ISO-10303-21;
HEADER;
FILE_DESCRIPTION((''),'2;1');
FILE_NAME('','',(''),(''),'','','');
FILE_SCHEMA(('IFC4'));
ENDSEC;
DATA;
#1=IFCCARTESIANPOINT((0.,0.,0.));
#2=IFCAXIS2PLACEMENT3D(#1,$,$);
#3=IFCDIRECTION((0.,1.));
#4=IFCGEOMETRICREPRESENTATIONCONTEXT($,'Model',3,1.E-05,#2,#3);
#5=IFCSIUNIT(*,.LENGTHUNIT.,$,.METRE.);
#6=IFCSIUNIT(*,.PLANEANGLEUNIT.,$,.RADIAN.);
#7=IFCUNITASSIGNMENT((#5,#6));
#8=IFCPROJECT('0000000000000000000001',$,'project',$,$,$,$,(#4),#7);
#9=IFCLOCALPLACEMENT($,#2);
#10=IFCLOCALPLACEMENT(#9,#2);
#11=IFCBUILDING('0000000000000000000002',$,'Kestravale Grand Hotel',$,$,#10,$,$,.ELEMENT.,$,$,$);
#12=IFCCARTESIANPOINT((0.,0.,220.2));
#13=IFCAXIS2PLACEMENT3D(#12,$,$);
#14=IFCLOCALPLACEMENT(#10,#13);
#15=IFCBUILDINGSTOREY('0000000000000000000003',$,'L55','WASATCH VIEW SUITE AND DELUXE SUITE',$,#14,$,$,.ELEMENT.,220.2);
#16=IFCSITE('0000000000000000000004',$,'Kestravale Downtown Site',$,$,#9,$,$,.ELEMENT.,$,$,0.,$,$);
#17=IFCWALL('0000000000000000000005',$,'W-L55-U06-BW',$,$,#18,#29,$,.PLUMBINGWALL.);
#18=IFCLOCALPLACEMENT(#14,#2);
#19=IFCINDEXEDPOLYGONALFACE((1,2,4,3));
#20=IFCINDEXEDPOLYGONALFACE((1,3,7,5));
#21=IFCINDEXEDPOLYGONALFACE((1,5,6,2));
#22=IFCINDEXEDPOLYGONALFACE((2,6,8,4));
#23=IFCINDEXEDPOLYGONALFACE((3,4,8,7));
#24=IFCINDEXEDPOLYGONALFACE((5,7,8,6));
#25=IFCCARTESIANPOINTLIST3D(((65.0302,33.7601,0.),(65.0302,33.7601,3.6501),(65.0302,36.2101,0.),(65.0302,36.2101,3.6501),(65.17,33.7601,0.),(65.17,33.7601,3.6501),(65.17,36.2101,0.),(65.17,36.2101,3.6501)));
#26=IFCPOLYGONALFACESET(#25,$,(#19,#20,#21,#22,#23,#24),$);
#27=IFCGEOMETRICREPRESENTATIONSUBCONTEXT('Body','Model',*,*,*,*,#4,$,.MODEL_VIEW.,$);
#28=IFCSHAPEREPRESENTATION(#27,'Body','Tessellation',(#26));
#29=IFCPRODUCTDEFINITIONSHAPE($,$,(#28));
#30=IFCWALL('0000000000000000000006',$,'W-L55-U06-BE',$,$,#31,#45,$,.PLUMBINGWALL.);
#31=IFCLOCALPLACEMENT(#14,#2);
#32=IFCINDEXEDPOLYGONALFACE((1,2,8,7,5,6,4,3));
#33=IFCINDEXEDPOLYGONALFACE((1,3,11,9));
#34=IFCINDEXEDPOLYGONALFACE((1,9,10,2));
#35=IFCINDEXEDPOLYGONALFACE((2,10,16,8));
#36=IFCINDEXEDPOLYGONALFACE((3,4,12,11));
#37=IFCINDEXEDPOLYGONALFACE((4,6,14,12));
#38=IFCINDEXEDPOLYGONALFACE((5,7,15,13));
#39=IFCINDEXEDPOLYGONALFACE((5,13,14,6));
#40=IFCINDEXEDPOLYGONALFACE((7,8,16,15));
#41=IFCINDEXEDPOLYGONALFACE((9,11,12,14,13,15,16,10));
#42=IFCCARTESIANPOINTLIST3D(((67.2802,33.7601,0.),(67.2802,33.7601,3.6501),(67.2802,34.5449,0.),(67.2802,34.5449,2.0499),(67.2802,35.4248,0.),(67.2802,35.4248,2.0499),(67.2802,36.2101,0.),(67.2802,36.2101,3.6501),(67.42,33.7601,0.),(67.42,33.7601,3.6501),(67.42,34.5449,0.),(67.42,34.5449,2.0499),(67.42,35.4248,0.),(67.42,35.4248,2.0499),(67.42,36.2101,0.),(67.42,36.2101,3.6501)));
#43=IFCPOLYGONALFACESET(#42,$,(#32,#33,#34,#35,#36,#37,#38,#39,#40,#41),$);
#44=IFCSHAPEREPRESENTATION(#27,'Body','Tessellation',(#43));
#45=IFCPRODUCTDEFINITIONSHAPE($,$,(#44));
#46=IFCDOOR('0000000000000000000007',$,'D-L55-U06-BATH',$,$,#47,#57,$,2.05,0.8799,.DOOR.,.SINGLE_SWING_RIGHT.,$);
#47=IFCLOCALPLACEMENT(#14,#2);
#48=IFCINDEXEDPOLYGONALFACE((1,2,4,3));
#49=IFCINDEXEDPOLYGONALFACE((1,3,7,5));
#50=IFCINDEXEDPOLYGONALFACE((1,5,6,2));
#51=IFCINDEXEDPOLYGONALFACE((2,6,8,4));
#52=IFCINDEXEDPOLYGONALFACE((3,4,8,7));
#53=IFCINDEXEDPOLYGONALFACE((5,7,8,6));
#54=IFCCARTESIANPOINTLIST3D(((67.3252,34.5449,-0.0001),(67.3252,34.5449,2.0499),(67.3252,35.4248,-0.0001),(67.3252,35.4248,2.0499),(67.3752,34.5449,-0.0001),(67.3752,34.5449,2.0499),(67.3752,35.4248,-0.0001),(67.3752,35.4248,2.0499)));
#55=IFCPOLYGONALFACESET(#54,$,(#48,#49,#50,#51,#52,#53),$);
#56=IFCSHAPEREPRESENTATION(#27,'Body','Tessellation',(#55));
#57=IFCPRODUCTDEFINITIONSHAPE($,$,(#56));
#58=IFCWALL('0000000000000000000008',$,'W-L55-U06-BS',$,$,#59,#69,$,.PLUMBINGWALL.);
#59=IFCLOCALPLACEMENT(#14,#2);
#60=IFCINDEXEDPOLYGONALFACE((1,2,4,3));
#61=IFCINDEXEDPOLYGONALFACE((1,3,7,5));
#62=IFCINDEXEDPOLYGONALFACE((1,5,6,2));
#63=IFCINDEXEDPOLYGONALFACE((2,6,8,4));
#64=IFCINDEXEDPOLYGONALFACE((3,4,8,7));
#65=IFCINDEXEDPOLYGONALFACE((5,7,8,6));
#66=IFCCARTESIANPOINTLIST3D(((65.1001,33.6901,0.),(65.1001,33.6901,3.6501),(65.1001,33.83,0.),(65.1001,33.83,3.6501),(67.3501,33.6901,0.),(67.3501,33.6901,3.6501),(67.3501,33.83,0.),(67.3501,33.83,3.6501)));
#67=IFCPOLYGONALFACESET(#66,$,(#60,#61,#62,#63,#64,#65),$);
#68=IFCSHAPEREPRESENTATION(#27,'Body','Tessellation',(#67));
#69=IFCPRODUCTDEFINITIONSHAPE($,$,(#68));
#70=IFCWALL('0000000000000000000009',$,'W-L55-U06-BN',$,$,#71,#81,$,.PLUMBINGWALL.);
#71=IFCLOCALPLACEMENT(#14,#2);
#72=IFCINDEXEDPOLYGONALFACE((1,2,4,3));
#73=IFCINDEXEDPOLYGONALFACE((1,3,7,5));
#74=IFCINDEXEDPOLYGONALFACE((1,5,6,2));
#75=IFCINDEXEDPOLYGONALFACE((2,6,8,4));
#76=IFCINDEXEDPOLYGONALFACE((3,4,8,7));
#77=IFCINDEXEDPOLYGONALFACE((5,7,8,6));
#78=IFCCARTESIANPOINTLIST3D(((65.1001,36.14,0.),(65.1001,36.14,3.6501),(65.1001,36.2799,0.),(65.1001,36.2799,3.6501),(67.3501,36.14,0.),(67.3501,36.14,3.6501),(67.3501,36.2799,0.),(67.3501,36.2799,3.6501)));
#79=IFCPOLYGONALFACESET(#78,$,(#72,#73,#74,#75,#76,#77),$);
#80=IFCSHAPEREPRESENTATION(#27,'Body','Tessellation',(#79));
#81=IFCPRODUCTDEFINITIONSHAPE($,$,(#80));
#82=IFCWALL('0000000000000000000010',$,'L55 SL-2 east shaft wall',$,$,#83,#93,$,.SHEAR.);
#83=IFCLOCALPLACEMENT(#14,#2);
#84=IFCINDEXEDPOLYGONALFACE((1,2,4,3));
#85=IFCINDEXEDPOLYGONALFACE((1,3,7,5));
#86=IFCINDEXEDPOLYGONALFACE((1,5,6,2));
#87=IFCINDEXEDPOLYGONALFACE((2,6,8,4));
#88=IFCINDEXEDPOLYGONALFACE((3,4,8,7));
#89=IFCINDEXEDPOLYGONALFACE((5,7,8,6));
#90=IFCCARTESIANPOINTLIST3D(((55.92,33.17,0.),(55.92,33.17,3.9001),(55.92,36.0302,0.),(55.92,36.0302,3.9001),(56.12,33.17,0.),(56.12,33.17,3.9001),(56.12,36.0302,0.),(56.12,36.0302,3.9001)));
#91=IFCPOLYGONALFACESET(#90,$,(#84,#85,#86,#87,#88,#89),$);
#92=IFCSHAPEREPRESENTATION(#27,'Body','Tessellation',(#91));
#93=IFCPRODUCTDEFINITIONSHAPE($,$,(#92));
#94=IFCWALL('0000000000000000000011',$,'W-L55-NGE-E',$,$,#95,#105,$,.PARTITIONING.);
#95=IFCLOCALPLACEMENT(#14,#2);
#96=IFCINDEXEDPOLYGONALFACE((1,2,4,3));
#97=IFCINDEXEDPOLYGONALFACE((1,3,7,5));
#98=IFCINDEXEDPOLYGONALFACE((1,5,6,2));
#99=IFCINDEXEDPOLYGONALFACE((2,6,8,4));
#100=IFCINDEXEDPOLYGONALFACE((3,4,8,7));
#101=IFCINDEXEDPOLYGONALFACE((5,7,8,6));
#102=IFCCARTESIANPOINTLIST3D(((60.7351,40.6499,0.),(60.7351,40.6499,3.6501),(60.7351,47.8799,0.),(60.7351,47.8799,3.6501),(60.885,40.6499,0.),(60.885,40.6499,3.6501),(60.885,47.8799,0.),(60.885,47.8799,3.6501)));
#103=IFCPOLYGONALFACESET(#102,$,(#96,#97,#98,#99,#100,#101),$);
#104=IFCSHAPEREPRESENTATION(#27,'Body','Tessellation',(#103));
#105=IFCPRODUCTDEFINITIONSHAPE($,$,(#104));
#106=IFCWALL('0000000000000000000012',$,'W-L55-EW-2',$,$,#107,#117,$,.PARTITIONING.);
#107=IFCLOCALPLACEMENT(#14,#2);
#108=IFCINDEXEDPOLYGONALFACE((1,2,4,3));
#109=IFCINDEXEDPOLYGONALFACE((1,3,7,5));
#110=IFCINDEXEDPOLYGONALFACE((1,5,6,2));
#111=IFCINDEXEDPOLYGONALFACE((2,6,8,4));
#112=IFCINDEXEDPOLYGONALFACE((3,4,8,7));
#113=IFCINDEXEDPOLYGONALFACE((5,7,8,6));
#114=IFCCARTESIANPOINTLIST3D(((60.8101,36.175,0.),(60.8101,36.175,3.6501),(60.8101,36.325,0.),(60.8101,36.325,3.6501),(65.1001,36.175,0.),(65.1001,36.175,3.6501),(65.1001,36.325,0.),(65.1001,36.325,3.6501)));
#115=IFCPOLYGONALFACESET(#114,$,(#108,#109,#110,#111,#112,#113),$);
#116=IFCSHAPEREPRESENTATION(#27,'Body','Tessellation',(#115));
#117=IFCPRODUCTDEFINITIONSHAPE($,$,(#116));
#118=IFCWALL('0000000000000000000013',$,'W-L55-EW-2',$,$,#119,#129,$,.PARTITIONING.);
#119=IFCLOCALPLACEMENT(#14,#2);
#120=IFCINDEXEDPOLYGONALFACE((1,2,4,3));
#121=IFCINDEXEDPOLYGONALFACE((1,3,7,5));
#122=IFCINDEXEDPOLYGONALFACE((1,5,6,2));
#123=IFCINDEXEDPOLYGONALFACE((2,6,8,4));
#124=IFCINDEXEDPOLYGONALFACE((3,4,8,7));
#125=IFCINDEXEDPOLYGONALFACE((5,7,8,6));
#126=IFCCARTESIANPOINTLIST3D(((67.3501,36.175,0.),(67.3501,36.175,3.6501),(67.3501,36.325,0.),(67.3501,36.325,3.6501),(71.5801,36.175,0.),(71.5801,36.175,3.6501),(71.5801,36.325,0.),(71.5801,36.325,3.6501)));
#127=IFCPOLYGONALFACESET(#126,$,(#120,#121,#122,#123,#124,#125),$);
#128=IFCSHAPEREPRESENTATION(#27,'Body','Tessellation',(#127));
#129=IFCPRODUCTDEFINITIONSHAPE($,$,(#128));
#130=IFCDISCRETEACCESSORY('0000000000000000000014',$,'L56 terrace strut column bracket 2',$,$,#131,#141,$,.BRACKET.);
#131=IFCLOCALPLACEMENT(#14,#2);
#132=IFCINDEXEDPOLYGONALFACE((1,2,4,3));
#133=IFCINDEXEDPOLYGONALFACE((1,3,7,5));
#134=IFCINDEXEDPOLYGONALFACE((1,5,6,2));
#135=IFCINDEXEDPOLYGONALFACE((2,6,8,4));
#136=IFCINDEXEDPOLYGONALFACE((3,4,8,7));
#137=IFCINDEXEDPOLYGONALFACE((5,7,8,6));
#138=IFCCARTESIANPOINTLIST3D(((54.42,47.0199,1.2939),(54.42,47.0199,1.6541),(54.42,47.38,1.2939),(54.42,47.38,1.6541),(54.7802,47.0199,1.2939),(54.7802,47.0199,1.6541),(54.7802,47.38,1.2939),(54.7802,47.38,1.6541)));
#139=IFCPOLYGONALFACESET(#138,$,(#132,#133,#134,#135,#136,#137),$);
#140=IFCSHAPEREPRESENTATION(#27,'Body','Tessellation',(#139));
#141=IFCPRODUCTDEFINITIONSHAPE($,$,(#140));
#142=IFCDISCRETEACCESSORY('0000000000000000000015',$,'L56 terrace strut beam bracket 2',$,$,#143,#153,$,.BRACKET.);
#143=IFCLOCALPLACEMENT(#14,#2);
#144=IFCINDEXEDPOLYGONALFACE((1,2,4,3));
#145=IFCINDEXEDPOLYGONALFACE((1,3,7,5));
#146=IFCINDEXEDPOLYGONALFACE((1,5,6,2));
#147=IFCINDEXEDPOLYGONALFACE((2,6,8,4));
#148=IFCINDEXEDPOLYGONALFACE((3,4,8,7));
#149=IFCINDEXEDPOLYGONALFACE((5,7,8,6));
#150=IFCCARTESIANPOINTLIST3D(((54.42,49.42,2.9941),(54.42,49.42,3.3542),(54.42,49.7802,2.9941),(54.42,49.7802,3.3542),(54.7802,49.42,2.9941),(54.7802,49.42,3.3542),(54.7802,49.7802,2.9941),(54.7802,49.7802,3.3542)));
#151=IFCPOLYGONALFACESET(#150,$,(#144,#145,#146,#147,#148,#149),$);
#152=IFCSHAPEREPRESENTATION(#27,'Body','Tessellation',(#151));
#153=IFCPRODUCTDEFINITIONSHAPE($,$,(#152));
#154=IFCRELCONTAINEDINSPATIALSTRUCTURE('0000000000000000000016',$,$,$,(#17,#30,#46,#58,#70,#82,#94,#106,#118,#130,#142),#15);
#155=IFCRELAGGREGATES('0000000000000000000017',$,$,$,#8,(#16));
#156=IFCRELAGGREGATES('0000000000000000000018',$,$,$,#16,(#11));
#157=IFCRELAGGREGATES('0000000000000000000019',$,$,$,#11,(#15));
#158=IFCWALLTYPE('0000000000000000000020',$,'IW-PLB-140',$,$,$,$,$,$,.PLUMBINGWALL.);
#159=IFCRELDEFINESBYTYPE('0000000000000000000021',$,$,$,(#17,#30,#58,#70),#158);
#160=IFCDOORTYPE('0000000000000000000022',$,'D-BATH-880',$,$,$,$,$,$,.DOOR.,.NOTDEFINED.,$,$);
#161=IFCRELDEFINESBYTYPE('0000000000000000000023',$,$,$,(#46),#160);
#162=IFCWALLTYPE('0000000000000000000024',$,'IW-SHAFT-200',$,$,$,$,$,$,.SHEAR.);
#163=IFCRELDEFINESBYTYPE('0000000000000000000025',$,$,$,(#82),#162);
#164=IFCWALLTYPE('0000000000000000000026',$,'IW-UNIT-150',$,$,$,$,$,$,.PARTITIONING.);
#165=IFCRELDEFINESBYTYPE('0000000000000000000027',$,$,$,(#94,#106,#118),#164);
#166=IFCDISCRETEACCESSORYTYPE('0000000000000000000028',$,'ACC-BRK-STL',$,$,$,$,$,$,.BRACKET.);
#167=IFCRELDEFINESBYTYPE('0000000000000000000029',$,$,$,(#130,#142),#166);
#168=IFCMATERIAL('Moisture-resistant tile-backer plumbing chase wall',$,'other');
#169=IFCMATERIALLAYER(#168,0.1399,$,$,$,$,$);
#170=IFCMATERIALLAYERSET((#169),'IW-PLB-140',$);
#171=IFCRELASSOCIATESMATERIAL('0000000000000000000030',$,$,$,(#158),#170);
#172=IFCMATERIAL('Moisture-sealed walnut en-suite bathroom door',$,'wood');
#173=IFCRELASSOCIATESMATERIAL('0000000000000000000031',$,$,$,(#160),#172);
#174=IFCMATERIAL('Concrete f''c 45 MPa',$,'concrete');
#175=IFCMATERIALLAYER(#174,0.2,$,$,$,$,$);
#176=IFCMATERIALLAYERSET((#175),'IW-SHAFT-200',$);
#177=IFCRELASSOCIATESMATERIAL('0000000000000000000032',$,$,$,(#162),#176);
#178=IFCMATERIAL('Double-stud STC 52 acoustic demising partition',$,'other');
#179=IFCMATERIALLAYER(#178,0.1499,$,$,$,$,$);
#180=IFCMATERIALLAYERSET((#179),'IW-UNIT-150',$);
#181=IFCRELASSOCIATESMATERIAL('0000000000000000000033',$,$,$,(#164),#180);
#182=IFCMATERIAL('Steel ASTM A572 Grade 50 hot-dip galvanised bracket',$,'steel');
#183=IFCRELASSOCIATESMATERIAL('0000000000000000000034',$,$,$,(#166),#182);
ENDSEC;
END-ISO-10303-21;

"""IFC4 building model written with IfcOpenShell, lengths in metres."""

from ifc_helpers import new_model, si_unit, direction, frame, frame_2d, origin, origin_2d, place, context, subcontext, project, spatial, rectangle, extrude, material, layer, layer_set, type_object, element, fill, save


model = new_model("IFC4")

# Units and contexts
model_context = context("Model", 3, precision=1e-05, world=origin(), true_north=direction((0.0, 1.0)))
body_context = subcontext(model_context, "Body", "Model", "MODEL_VIEW")
ifc_project = project(units=[si_unit("LENGTHUNIT", "METRE"), si_unit("PLANEANGLEUNIT", "RADIAN")], contexts=[model_context])

# Site, building, storey
site_placement = place(None, origin())
site = spatial("IfcSite", under=ifc_project, at=site_placement, Name="Kestravale Downtown Site", CompositionType="ELEMENT", RefElevation=0.0)
building_placement = place(site_placement, origin())
building = spatial("IfcBuilding", under=site, at=building_placement, Name="Kestravale Grand Hotel", CompositionType="ELEMENT")
storey_placement = place(building_placement, frame((0.0, 0.0, 220.2)))
storey = spatial("IfcBuildingStorey", under=building, at=storey_placement, Name="L55", Description="WASATCH VIEW SUITE AND DELUXE SUITE", CompositionType="ELEMENT", Elevation=220.2)

# Wall
ifc_material_1 = material(Name="Moisture-resistant tile-backer plumbing chase wall", Category="other")
ifc_layer_1 = layer(ifc_material_1, 0.1399)
ifc_layer_set_1 = layer_set([ifc_layer_1], Name="IW-PLB-140")
wall_type_1 = type_object("IfcWallType", Name="IW-PLB-140", PredefinedType="PLUMBINGWALL", material=ifc_layer_set_1)
wall_1_placement = place(storey_placement, frame((65.1001, 33.76, 0.0), z_axis=(0.0, 0.0, 1.0), x_axis=(0.0, 1.0, 0.0)))
element("IfcWall", 1, at=wall_1_placement, inside=storey, type_object=wall_type_1, Name="W-L55-U06-BW", PredefinedType="PLUMBINGWALL", context=body_context, shape_type="SweptSolid", body=[
    extrude(rectangle(XDim=2.45, YDim=0.1399, at=frame_2d((1.2251, 0.0))), origin(), (0.0, 0.0, 1.0), 3.6501),
])

# Wall, opening, door
wall_2_placement = place(storey_placement, frame((67.3501, 33.76, 0.0), z_axis=(0.0, 0.0, 1.0), x_axis=(0.0, 1.0, 0.0)))
wall_2 = element("IfcWall", 2, at=wall_2_placement, inside=storey, type_object=wall_type_1, Name="W-L55-U06-BE", PredefinedType="PLUMBINGWALL", context=body_context, shape_type="SweptSolid", body=[
    extrude(rectangle(XDim=2.45, YDim=0.1399, at=frame_2d((1.2251, 0.0))), origin(), (0.0, 0.0, 1.0), 3.6501),
])
opening_1_placement = place(wall_2_placement, frame((0.7849, 0.0, 0.0)))
opening_1 = element("IfcOpeningElement", 3, at=opening_1_placement, cuts=wall_2, PredefinedType="OPENING", context=body_context, shape_type="SweptSolid", body=[
    extrude(rectangle(XDim=0.8799, YDim=2.05, at=frame_2d((0.4399, 1.0249))), frame((0.0, 0.0798, 0.0), z_axis=(0.0, -1.0, 0.0), x_axis=(1.0, 0.0, 0.0)), (0.0, 0.0, 1.0), 0.1599),
])
ifc_material_2 = material(Name="Moisture-sealed walnut en-suite bathroom door", Category="wood")
door_type_1 = type_object("IfcDoorType", Name="D-BATH-880", OperationType="NOTDEFINED", PredefinedType="DOOR", material=ifc_material_2)
door_1_placement = place(opening_1_placement, origin())
door_1 = element("IfcDoor", 4, at=door_1_placement, inside=storey, type_object=door_type_1, Name="D-L55-U06-BATH", OperationType="SINGLE_SWING_RIGHT", OverallHeight=2.05, OverallWidth=0.8799, PredefinedType="DOOR", context=body_context, shape_type="SweptSolid", body=[
    extrude(rectangle(XDim=0.8799, YDim=2.05, at=frame_2d((0.4399, 1.0249))), frame((0.0, 0.0249, 0.0), z_axis=(0.0, -1.0, 0.0), x_axis=(1.0, 0.0, 0.0)), (0.0, 0.0, 1.0), 0.05),
])
fill(opening_1, door_1)

# Walls
for number, where, z_axis, x_axis, name in (
    (5, (65.1001, 33.76, 0.0), (0.0, 0.0, 1.0), (1.0, 0.0, 0.0), "W-L55-U06-BS"),
    (6, (65.1001, 36.21, 0.0), (0.0, 0.0, 1.0), (1.0, 0.0, 0.0), "W-L55-U06-BN"),
):
    element("IfcWall", number, at=place(storey_placement, frame(where, z_axis=z_axis, x_axis=x_axis)), inside=storey, type_object=wall_type_1, Name=name, PredefinedType="PLUMBINGWALL", context=body_context, shape_type="SweptSolid", body=[
        extrude(rectangle(XDim=2.25, YDim=0.1399, at=frame_2d((1.125, 0.0))), origin(), (0.0, 0.0, 1.0), 3.6501),
    ])
ifc_material_3 = material(Name="Concrete f'c 45 MPa", Category="concrete")
ifc_layer_2 = layer(ifc_material_3, 0.2)
ifc_layer_set_2 = layer_set([ifc_layer_2], Name="IW-SHAFT-200")
wall_type_2 = type_object("IfcWallType", Name="IW-SHAFT-200", PredefinedType="SHEAR", material=ifc_layer_set_2)
wall_3_placement = place(storey_placement, frame((56.02, 33.1699, 0.0), z_axis=(0.0, 0.0, 1.0), x_axis=(0.0, 1.0, 0.0)))
element("IfcWall", 7, at=wall_3_placement, inside=storey, type_object=wall_type_2, Name="L55 SL-2 east shaft wall", PredefinedType="SHEAR", context=body_context, shape_type="SweptSolid", body=[
    extrude(rectangle(XDim=2.8601, YDim=0.2, at=frame_2d((1.4302, 0.0))), origin(), (0.0, 0.0, 1.0), 3.9001),
])

# Shared definitions
ifc_material_4 = material(Name="Double-stud STC 52 acoustic demising partition", Category="other")
ifc_layer_3 = layer(ifc_material_4, 0.1499)
ifc_layer_set_3 = layer_set([ifc_layer_3], Name="IW-UNIT-150")
wall_type_3 = type_object("IfcWallType", Name="IW-UNIT-150", PredefinedType="PARTITIONING", material=ifc_layer_set_3)

# Walls
wall_4_placement = place(storey_placement, frame((60.8101, 40.6499, 0.0), z_axis=(0.0, 0.0, 1.0), x_axis=(0.0, 1.0, 0.0)))
element("IfcWall", 8, at=wall_4_placement, inside=storey, type_object=wall_type_3, Name="W-L55-NGE-E", PredefinedType="PARTITIONING", context=body_context, shape_type="SweptSolid", body=[
    extrude(rectangle(XDim=7.23, YDim=0.1499, at=frame_2d((3.615, 0.0))), origin(), (0.0, 0.0, 1.0), 3.6501),
])
wall_5_placement = place(storey_placement, frame((60.8101, 36.25, 0.0), z_axis=(0.0, 0.0, 1.0), x_axis=(1.0, 0.0, 0.0)))
element("IfcWall", 9, at=wall_5_placement, inside=storey, type_object=wall_type_3, Name="W-L55-EW-2", PredefinedType="PARTITIONING", context=body_context, shape_type="SweptSolid", body=[
    extrude(rectangle(XDim=4.29, YDim=0.1499, at=frame_2d((2.145, 0.0))), origin(), (0.0, 0.0, 1.0), 3.6501),
])
wall_6_placement = place(storey_placement, frame((67.3501, 36.25, 0.0), z_axis=(0.0, 0.0, 1.0), x_axis=(1.0, 0.0, 0.0)))
element("IfcWall", 10, at=wall_6_placement, inside=storey, type_object=wall_type_3, Name="W-L55-EW-2", PredefinedType="PARTITIONING", context=body_context, shape_type="SweptSolid", body=[
    extrude(rectangle(XDim=4.23, YDim=0.1499, at=frame_2d((2.115, 0.0))), origin(), (0.0, 0.0, 1.0), 3.6501),
])

# Discrete accessories
ifc_material_5 = material(Name="Steel ASTM A572 Grade 50 hot-dip galvanised bracket", Category="steel")
discrete_accessory_type = type_object("IfcDiscreteAccessoryType", Name="ACC-BRK-STL", PredefinedType="BRACKET", material=ifc_material_5)
for number, where, z_axis, x_axis, name in (
    (11, (54.6001, 47.2, 1.2939), (0.0, 0.0, 1.0), (1.0, 0.0, 0.0), "L56 terrace strut column bracket 2"),
    (12, (54.6001, 49.6001, 2.9941), (0.0, 0.0, 1.0), (1.0, 0.0, 0.0), "L56 terrace strut beam bracket 2"),
):
    element("IfcDiscreteAccessory", number, at=place(storey_placement, frame(where, z_axis=z_axis, x_axis=x_axis)), inside=storey, type_object=discrete_accessory_type, Name=name, PredefinedType="BRACKET", context=body_context, shape_type="SweptSolid", body=[
        extrude(rectangle(XDim=0.3601, YDim=0.3601, at=origin_2d()), origin(), (0.0, 0.0, 1.0), 0.3601),
    ])

save(model, "model.ifc")
